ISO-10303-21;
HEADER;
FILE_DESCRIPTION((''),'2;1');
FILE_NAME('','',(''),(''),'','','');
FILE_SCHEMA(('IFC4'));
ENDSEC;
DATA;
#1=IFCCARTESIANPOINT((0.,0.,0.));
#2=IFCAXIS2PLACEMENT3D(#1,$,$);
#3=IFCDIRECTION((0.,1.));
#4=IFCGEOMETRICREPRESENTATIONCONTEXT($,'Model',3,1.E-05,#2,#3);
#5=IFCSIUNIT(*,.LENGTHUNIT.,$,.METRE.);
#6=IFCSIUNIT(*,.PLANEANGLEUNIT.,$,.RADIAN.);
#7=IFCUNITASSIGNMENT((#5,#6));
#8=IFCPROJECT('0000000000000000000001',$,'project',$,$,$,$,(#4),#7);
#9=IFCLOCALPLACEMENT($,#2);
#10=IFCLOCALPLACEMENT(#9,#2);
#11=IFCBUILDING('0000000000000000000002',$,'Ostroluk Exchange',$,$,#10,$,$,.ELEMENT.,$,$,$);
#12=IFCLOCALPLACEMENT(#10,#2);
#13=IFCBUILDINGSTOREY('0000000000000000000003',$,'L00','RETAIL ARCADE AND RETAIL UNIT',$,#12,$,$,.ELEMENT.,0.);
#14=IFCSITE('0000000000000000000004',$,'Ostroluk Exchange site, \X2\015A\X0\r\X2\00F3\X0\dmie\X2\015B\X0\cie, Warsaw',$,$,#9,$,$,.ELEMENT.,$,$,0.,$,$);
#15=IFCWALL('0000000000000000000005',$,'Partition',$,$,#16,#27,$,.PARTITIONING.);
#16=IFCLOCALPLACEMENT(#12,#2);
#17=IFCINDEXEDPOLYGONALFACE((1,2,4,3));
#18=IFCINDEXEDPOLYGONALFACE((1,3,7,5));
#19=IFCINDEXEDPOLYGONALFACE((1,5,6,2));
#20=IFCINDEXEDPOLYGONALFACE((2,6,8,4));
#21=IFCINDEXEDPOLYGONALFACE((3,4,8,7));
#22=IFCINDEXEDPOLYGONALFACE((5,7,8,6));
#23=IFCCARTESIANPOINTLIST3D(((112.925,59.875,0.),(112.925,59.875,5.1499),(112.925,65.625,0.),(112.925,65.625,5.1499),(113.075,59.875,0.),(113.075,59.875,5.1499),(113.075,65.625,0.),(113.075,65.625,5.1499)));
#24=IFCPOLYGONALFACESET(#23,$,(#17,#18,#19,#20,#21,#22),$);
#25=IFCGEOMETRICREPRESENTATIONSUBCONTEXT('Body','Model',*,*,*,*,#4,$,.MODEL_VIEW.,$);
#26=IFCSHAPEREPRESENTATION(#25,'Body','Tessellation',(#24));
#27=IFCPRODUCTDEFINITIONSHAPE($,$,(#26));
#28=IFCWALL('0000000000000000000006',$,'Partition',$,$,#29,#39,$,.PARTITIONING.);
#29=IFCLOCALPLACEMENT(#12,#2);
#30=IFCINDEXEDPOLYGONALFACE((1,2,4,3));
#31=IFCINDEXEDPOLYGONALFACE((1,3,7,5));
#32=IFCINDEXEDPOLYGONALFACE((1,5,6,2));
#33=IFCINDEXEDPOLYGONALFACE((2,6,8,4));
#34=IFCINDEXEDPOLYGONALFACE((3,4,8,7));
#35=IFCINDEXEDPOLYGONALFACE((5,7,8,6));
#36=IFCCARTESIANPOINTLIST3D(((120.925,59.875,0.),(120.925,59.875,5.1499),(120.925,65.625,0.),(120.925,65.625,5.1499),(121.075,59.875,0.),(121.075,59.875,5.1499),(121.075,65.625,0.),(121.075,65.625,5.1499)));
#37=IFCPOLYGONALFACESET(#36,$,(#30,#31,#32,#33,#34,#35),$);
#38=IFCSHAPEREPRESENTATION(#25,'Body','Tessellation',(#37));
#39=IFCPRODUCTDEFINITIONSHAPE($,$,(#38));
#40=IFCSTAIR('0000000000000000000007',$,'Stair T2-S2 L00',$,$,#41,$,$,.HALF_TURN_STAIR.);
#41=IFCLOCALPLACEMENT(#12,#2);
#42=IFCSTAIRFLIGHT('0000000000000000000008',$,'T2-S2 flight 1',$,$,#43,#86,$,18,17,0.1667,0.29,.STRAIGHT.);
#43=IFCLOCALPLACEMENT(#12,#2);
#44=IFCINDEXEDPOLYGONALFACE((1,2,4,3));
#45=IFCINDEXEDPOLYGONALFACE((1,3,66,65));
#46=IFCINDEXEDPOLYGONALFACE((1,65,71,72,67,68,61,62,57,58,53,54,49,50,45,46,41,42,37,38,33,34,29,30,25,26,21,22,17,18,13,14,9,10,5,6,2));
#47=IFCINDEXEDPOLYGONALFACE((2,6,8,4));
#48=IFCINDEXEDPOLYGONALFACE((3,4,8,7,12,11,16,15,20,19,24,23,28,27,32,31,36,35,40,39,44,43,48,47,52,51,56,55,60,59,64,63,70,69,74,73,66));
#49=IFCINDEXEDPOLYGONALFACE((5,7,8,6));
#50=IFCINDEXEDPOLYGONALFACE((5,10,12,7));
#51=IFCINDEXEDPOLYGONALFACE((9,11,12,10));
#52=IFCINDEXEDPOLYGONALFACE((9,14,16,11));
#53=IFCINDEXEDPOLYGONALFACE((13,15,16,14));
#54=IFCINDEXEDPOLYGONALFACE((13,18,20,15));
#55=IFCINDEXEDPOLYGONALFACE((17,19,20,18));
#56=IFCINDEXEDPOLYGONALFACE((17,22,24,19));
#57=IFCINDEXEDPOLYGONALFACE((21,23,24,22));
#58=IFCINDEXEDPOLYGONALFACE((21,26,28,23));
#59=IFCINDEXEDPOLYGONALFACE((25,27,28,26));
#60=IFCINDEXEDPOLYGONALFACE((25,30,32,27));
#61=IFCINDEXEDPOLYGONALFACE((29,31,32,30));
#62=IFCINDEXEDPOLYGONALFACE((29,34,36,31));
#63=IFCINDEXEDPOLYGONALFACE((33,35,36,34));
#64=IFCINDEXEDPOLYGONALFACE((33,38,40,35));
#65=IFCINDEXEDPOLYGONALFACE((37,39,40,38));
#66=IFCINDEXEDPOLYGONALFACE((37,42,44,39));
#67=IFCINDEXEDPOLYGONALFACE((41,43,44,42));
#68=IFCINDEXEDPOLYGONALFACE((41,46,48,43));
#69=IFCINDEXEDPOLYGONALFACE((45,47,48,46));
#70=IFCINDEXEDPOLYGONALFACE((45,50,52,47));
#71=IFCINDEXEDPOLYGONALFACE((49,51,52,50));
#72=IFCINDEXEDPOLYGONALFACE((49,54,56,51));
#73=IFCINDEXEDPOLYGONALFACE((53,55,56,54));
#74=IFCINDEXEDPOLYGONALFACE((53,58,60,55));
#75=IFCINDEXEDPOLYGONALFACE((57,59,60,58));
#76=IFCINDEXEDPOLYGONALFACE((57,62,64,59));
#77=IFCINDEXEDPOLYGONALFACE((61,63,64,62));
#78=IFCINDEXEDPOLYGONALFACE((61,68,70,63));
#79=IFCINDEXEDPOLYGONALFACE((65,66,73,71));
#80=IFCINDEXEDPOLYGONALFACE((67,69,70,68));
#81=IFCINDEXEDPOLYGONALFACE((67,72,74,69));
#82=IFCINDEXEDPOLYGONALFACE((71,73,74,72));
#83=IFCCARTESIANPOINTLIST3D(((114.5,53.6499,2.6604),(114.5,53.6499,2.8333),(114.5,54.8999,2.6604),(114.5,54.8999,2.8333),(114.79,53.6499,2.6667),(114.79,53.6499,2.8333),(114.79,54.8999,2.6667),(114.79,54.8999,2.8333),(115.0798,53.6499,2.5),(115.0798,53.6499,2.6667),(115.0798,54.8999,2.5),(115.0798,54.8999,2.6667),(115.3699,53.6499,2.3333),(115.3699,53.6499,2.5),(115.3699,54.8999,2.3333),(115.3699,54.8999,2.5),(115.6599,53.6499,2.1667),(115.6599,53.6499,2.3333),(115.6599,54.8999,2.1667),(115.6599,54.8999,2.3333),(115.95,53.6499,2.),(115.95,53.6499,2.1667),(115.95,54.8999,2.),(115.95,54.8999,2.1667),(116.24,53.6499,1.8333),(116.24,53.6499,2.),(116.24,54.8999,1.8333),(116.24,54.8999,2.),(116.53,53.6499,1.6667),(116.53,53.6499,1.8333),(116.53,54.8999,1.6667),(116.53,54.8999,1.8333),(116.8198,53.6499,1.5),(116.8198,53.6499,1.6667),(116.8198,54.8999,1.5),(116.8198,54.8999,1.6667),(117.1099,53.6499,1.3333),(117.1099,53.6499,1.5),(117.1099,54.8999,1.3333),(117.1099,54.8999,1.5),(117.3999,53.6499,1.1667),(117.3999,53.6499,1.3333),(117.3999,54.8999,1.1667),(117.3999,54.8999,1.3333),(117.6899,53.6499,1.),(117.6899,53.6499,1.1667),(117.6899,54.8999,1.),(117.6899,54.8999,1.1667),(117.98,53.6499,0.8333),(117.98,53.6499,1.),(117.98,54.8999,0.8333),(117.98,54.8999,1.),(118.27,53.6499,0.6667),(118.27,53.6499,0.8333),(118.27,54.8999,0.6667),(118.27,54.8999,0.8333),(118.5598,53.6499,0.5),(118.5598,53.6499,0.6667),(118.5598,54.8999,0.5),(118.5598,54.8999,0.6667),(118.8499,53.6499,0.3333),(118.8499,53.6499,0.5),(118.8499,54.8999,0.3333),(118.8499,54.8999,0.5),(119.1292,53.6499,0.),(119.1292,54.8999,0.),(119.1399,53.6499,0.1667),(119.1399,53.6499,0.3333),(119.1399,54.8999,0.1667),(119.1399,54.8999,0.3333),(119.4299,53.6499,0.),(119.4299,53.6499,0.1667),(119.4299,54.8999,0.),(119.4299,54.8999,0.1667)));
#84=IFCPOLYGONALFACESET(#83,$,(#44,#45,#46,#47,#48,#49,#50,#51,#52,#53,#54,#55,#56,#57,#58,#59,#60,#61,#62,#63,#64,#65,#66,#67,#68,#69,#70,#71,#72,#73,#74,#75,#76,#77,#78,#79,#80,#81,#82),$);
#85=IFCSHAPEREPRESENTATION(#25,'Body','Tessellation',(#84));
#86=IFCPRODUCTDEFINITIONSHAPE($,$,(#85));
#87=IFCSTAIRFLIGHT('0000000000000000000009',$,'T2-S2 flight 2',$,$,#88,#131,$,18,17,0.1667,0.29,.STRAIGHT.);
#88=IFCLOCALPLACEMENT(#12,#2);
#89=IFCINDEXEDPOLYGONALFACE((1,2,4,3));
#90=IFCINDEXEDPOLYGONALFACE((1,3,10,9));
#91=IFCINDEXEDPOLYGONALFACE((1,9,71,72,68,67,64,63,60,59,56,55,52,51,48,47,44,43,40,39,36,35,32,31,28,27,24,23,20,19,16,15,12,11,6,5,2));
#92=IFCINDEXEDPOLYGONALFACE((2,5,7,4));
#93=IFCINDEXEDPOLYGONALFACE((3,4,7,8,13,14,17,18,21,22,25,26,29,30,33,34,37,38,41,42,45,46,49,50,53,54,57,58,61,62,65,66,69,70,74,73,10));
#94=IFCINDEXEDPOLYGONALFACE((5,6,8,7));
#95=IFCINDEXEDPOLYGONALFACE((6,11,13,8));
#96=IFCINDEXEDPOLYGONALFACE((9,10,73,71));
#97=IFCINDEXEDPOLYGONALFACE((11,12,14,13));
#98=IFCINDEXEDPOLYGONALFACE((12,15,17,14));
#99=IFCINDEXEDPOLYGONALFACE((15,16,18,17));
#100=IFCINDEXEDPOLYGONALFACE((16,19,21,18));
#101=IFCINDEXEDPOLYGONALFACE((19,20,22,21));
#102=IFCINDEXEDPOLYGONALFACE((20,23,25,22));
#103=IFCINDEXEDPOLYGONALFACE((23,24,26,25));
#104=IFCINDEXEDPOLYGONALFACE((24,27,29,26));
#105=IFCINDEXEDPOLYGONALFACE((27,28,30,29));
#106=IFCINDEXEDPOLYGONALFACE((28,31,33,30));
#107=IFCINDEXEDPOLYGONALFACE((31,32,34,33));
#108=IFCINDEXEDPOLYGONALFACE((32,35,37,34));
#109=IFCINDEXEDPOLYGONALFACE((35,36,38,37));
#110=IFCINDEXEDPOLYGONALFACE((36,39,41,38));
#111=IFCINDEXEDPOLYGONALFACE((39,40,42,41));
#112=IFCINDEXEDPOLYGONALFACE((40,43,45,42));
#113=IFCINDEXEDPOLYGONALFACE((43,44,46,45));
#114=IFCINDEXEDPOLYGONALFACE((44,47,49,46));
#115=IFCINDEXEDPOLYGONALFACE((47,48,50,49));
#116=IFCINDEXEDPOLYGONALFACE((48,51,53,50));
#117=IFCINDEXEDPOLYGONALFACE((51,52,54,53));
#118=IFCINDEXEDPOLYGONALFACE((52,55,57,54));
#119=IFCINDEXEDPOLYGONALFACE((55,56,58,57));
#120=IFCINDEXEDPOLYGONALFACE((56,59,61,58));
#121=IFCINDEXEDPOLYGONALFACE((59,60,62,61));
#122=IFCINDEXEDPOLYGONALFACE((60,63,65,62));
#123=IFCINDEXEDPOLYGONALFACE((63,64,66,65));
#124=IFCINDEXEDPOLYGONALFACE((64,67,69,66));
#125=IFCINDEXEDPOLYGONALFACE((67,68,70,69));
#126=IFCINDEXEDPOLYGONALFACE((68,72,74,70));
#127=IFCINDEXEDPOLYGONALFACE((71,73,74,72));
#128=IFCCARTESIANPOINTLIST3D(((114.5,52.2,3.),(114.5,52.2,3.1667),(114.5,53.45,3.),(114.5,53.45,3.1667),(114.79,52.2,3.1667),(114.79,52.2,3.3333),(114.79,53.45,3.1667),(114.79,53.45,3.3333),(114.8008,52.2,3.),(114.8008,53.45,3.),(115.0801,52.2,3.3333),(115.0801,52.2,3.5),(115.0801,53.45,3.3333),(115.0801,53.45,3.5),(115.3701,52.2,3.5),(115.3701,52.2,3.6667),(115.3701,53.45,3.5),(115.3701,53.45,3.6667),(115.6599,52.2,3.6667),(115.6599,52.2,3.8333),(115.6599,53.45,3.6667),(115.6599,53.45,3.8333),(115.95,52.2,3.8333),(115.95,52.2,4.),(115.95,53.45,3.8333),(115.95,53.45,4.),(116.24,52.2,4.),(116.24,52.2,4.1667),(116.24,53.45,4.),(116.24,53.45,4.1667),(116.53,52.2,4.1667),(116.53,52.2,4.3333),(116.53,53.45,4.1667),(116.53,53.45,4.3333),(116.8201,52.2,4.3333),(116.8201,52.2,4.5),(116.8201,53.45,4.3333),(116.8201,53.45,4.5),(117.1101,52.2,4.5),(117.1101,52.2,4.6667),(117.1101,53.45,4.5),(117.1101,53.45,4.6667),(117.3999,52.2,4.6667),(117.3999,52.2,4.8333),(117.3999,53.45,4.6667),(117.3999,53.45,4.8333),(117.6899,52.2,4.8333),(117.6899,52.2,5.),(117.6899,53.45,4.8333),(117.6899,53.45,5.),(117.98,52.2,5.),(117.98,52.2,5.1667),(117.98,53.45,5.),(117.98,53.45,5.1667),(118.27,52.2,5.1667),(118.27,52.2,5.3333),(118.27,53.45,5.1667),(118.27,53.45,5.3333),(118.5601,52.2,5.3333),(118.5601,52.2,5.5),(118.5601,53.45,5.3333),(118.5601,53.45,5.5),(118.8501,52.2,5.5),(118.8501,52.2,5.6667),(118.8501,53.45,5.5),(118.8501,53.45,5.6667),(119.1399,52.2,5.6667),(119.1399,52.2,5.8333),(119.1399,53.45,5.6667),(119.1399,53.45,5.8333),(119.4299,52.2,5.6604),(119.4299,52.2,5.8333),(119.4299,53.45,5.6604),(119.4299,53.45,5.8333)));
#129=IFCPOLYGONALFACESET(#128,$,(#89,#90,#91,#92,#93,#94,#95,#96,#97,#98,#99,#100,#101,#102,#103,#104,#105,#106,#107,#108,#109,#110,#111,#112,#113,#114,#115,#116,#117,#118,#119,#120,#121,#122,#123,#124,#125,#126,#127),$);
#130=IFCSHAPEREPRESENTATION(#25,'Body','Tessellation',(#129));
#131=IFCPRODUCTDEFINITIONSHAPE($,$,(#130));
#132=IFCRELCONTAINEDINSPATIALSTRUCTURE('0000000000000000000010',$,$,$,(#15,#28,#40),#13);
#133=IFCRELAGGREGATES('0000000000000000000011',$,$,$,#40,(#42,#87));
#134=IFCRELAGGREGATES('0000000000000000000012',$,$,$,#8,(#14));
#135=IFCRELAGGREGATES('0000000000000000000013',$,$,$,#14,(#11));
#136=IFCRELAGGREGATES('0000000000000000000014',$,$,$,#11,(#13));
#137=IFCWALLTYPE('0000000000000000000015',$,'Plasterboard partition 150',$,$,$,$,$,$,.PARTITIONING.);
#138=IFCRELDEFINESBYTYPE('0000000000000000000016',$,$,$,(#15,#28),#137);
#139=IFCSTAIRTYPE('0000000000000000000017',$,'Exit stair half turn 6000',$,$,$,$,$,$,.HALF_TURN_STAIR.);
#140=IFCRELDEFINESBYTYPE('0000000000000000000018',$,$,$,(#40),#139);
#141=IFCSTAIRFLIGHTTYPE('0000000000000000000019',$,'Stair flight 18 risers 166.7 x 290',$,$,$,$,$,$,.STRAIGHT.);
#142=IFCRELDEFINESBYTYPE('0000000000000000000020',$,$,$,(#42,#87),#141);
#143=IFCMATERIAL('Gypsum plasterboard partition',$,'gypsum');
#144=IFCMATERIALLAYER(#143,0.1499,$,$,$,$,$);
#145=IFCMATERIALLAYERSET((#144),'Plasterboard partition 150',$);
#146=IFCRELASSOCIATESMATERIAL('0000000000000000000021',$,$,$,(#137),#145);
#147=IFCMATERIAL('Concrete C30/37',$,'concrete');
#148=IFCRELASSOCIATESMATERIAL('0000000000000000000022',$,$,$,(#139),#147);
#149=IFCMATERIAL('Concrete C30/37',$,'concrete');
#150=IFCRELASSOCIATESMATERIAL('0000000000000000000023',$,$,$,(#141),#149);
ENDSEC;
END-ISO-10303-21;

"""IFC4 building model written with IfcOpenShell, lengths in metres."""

from ifc_helpers import new_model, si_unit, direction, frame, frame_2d, origin, place, context, subcontext, project, spatial, polyline, rectangle, outline, extrude, material, layer, layer_set, type_object, element, aggregate, save


model = new_model("IFC4")

# Units and contexts
model_context = context("Model", 3, precision=1e-05, world=origin(), true_north=direction((0.0, 1.0)))
body_context = subcontext(model_context, "Body", "Model", "MODEL_VIEW")
ifc_project = project(units=[si_unit("LENGTHUNIT", "METRE"), si_unit("PLANEANGLEUNIT", "RADIAN")], contexts=[model_context])

# Site, building, storey
site_placement = place(None, origin())
site = spatial("IfcSite", under=ifc_project, at=site_placement, Name="Ostroluk Exchange site, Śródmieście, Warsaw", CompositionType="ELEMENT", RefElevation=0.0)
building_placement = place(site_placement, origin())
building = spatial("IfcBuilding", under=site, at=building_placement, Name="Ostroluk Exchange", CompositionType="ELEMENT")
storey_placement = place(building_placement, origin())
storey = spatial("IfcBuildingStorey", under=building, at=storey_placement, Name="L00", Description="RETAIL ARCADE AND RETAIL UNIT", CompositionType="ELEMENT", Elevation=0.0)

# Walls
ifc_material_1 = material(Name="Gypsum plasterboard partition", Category="gypsum")
ifc_layer_1 = layer(ifc_material_1, 0.1499)
ifc_layer_set_1 = layer_set([ifc_layer_1], Name="Plasterboard partition 150")
wall_type_1 = type_object("IfcWallType", Name="Plasterboard partition 150", PredefinedType="PARTITIONING", material=ifc_layer_set_1)
for number, where, z_axis, x_axis, name in (
    (1, (113.0, 59.875, 0.0), (0.0, 0.0, 1.0), (0.0, 1.0, 0.0), "Partition"),
    (2, (121.0, 59.875, 0.0), (0.0, 0.0, 1.0), (0.0, 1.0, 0.0), "Partition"),
):
    element("IfcWall", number, at=place(storey_placement, frame(where, z_axis=z_axis, x_axis=x_axis)), inside=storey, type_object=wall_type_1, Name=name, PredefinedType="PARTITIONING", context=body_context, shape_type="SweptSolid", body=[
        extrude(rectangle(XDim=5.75, YDim=0.1499, at=frame_2d((2.875, 0.0))), origin(), (0.0, 0.0, 1.0), 5.1499),
    ])

# Stair, stair flights
ifc_material_2 = material(Name="Concrete C30/37", Category="concrete")
stair_type = type_object("IfcStairType", Name="Exit stair half turn 6000", PredefinedType="HALF_TURN_STAIR", material=ifc_material_2)
stair_placement = place(storey_placement, origin())
stair = element("IfcStair", 3, at=stair_placement, inside=storey, type_object=stair_type, Name="Stair T2-S2 L00", PredefinedType="HALF_TURN_STAIR")
ifc_material_3 = material(Name="Concrete C30/37", Category="concrete")
stair_flight_type = type_object("IfcStairFlightType", Name="Stair flight 18 risers 166.7 x 290", PredefinedType="STRAIGHT", material=ifc_material_3)
stair_flight_1_placement = place(storey_placement, frame((119.4299, 54.2749, 0.0), z_axis=(0.0, 0.0, 1.0), x_axis=(-1.0, 0.0, 0.0)))
stair_flight_1 = element("IfcStairFlight", 4, at=stair_flight_1_placement, type_object=stair_flight_type, Name="T2-S2 flight 1", NumberOfRisers=18, NumberOfTreads=17, PredefinedType="STRAIGHT", RiserHeight=0.1667, TreadLength=0.29, context=body_context, shape_type="SweptSolid", body=[
    extrude(outline(polyline([(0.0, 0.0), (0.0, 0.1667), (0.29, 0.1667), (0.29, 0.3333), (0.5801, 0.3333), (0.5801, 0.5), (0.8701, 0.5), (0.8701, 0.6667), (1.1599, 0.6667), (1.1599, 0.8333), (1.45, 0.8333), (1.45, 1.0), (1.74, 1.0), (1.74, 1.1667), (2.03, 1.1667), (2.03, 1.3333), (2.3201, 1.3333), (2.3201, 1.5), (2.6101, 1.5), (2.6101, 1.6667), (2.8999, 1.6667), (2.8999, 1.8333), (3.1899, 1.8333), (3.1899, 2.0), (3.48, 2.0), (3.48, 2.1667), (3.77, 2.1667), (3.77, 2.3333), (4.0601, 2.3333), (4.0601, 2.5), (4.3501, 2.5), (4.3501, 2.6667), (4.6399, 2.6667), (4.6399, 2.8333), (4.9299, 2.8333), (4.9299, 3.0), (4.9299, 2.6604), (0.3008, 0.0), (0.0, 0.0)])), frame((0.0, 0.625, 0.0), z_axis=(0.0, -1.0, 0.0), x_axis=(1.0, 0.0, 0.0)), (0.0, 0.0, 1.0), 1.25),
])
stair_flight_2_placement = place(storey_placement, frame((114.5, 52.825, 3.0), z_axis=(0.0, 0.0, 1.0), x_axis=(1.0, 0.0, 0.0)))
stair_flight_2 = element("IfcStairFlight", 5, at=stair_flight_2_placement, type_object=stair_flight_type, Name="T2-S2 flight 2", NumberOfRisers=18, NumberOfTreads=17, PredefinedType="STRAIGHT", RiserHeight=0.1667, TreadLength=0.29, context=body_context, shape_type="SweptSolid", body=[
    extrude(outline(polyline([(0.0, 0.0), (0.0, 0.1667), (0.29, 0.1667), (0.29, 0.3333), (0.5801, 0.3333), (0.5801, 0.5), (0.8701, 0.5), (0.8701, 0.6667), (1.1599, 0.6667), (1.1599, 0.8333), (1.45, 0.8333), (1.45, 1.0), (1.74, 1.0), (1.74, 1.1667), (2.03, 1.1667), (2.03, 1.3333), (2.3201, 1.3333), (2.3201, 1.5), (2.6101, 1.5), (2.6101, 1.6667), (2.8999, 1.6667), (2.8999, 1.8333), (3.1899, 1.8333), (3.1899, 2.0), (3.48, 2.0), (3.48, 2.1667), (3.77, 2.1667), (3.77, 2.3333), (4.0601, 2.3333), (4.0601, 2.5), (4.3501, 2.5), (4.3501, 2.6667), (4.6399, 2.6667), (4.6399, 2.8333), (4.9299, 2.8333), (4.9299, 3.0), (4.9299, 2.6604), (0.3008, 0.0), (0.0, 0.0)])), frame((0.0, 0.625, 0.0), z_axis=(0.0, -1.0, 0.0), x_axis=(1.0, 0.0, 0.0)), (0.0, 0.0, 1.0), 1.25),
])
aggregate(stair, [stair_flight_1, stair_flight_2])

save(model, "model.ifc")
